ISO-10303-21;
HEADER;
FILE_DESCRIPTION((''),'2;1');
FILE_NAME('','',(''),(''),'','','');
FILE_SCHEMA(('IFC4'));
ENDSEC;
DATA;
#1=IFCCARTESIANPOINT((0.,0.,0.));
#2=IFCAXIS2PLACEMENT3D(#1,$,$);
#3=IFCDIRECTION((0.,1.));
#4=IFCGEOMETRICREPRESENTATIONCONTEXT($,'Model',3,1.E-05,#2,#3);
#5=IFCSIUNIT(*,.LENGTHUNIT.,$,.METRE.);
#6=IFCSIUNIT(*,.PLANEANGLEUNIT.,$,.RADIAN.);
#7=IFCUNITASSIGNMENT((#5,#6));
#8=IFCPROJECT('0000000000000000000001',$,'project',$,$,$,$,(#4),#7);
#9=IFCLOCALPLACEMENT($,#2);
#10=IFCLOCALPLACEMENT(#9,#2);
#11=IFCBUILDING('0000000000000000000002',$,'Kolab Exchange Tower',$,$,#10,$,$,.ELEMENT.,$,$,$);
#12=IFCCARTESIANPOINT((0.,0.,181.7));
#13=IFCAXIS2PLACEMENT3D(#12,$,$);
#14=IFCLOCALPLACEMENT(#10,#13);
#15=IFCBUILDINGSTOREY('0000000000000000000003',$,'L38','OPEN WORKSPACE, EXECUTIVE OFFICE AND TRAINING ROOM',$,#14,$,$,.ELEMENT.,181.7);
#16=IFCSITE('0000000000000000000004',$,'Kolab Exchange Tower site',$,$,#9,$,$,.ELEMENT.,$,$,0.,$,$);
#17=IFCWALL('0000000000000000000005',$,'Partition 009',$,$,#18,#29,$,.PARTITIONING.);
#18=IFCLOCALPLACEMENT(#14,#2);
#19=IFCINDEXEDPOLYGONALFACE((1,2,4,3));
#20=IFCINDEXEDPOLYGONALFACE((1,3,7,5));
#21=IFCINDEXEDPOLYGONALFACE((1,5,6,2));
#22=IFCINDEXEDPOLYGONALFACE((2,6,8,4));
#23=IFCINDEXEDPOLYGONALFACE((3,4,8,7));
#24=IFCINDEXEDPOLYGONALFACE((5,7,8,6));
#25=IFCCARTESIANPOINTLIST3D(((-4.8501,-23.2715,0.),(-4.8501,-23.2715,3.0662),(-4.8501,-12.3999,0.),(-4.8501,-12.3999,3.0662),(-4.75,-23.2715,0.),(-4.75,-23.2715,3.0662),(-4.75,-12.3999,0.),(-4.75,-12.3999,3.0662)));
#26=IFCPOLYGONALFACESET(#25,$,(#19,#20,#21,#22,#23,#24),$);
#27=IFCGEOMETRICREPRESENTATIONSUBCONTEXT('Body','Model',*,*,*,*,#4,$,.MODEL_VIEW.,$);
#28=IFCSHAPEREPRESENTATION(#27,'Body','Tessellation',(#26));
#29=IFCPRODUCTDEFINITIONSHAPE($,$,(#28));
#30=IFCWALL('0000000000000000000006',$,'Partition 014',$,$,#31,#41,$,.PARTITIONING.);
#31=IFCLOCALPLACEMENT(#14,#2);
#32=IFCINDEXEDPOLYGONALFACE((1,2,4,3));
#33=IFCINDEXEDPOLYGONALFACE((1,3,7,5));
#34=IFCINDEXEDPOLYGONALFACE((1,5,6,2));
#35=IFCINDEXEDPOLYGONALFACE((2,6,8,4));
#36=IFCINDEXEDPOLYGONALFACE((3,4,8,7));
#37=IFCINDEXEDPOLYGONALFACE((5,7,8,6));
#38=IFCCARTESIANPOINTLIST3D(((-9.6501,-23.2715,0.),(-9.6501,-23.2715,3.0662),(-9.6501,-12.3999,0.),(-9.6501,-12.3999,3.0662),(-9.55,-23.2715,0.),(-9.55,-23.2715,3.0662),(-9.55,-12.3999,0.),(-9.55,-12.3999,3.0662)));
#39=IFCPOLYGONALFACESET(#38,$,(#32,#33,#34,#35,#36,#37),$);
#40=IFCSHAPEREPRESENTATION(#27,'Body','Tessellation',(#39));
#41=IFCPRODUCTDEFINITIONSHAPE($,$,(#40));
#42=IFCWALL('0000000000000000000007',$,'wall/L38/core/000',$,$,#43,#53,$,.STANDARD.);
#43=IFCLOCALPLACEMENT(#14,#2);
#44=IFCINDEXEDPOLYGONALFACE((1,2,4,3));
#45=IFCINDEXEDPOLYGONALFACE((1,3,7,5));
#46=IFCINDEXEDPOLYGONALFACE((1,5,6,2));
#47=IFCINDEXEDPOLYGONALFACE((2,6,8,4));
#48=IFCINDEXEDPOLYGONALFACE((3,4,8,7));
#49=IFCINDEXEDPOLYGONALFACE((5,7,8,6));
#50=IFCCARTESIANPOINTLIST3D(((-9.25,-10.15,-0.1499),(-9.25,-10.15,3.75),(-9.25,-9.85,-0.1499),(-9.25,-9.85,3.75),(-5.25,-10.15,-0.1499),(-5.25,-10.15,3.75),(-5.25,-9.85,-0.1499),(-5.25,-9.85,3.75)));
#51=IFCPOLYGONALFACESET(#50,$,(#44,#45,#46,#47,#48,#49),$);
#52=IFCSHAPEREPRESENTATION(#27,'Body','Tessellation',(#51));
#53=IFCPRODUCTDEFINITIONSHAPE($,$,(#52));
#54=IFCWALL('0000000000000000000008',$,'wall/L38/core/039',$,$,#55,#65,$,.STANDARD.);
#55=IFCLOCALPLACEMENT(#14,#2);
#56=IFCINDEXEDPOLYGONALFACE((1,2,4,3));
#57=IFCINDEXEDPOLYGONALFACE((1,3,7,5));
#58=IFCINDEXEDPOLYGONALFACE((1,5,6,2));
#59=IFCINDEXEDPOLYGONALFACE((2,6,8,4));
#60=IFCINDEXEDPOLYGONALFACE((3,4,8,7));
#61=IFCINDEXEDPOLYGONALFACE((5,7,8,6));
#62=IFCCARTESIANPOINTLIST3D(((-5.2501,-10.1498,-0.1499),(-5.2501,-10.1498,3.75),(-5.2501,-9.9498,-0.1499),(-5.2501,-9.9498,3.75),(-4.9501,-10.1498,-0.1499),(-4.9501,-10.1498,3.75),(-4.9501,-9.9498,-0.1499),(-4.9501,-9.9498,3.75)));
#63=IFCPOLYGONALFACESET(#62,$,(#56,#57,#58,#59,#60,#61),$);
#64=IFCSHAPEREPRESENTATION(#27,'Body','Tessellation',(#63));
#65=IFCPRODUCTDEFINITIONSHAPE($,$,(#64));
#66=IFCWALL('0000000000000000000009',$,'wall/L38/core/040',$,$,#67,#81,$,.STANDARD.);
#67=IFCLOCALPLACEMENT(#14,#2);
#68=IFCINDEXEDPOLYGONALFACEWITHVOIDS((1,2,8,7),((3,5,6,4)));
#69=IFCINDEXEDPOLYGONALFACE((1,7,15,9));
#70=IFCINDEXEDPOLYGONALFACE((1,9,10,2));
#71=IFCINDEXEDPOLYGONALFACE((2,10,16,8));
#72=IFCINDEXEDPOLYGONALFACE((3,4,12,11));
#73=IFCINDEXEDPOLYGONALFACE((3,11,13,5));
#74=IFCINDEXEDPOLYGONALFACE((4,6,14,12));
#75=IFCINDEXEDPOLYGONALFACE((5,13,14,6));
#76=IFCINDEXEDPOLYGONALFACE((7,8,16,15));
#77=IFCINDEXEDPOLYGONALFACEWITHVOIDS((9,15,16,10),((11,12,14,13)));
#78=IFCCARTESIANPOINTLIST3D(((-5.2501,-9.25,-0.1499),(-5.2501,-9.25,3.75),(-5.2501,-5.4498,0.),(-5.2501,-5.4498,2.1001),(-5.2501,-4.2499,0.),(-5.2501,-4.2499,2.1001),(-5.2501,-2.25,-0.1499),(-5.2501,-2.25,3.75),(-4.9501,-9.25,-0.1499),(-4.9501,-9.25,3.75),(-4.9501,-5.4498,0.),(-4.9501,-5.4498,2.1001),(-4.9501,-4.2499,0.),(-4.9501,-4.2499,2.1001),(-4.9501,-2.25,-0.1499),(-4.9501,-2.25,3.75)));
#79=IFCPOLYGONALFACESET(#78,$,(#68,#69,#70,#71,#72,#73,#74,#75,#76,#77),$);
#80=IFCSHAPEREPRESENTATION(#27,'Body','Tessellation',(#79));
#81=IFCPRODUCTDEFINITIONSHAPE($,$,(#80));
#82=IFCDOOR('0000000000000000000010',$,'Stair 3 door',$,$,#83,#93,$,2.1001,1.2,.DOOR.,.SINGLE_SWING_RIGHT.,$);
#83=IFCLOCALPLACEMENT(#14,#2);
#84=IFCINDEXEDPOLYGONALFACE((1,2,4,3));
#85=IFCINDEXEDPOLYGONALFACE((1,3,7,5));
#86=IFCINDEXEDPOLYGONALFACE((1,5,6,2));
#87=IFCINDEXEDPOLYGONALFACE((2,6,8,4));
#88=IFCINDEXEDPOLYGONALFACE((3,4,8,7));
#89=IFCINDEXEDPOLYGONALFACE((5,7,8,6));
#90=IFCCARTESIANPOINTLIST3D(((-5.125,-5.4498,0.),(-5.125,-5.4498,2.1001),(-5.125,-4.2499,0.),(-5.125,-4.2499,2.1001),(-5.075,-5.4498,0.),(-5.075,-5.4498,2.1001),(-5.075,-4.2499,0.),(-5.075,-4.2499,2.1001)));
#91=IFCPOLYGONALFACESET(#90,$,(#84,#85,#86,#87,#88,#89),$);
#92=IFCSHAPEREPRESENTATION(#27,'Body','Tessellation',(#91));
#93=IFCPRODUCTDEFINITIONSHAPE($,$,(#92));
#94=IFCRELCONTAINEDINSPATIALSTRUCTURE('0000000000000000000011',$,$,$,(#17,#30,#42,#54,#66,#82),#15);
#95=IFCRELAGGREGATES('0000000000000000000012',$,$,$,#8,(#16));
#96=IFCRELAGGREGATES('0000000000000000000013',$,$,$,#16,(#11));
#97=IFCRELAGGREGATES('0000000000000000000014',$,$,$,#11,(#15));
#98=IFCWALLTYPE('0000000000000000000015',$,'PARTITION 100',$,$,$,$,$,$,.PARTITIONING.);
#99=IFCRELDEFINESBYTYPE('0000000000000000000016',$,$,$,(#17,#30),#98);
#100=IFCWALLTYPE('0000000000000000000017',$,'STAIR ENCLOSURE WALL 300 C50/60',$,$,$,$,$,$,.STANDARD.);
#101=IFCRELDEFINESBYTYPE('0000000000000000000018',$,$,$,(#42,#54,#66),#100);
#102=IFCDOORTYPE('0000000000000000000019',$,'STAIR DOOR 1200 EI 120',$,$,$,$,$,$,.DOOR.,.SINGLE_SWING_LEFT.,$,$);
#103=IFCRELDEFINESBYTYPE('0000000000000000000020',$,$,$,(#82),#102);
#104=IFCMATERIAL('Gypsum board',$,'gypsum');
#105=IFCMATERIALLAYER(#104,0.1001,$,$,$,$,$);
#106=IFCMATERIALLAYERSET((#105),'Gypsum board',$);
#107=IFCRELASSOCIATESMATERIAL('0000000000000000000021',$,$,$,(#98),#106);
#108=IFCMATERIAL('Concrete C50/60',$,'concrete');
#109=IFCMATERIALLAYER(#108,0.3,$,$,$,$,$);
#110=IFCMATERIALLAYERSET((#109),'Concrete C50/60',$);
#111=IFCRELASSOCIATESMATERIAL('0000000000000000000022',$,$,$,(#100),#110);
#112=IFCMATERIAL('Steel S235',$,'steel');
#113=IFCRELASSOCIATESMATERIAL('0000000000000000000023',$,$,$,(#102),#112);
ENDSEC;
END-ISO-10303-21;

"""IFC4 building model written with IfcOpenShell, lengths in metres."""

from ifc_helpers import new_model, si_unit, direction, frame, frame_2d, origin, place, context, subcontext, project, spatial, rectangle, extrude, material, layer, layer_set, type_object, element, fill, save


model = new_model("IFC4")

# Units and contexts
model_context = context("Model", 3, precision=1e-05, world=origin(), true_north=direction((0.0, 1.0)))
body_context = subcontext(model_context, "Body", "Model", "MODEL_VIEW")
ifc_project = project(units=[si_unit("LENGTHUNIT", "METRE"), si_unit("PLANEANGLEUNIT", "RADIAN")], contexts=[model_context])

# Site, building, storey
site_placement = place(None, origin())
site = spatial("IfcSite", under=ifc_project, at=site_placement, Name="Kolab Exchange Tower site", CompositionType="ELEMENT", RefElevation=0.0)
building_placement = place(site_placement, origin())
building = spatial("IfcBuilding", under=site, at=building_placement, Name="Kolab Exchange Tower", CompositionType="ELEMENT")
storey_placement = place(building_placement, frame((0.0, 0.0, 181.7)))
storey = spatial("IfcBuildingStorey", under=building, at=storey_placement, Name="L38", Description="OPEN WORKSPACE, EXECUTIVE OFFICE AND TRAINING ROOM", CompositionType="ELEMENT", Elevation=181.7)

# Shared definitions
ifc_material_1 = material(Name="Steel S235", Category="steel")

# Walls
ifc_material_2 = material(Name="Gypsum board", Category="gypsum")
ifc_layer_1 = layer(ifc_material_2, 0.1001)
ifc_layer_set_1 = layer_set([ifc_layer_1], Name="Gypsum board")
wall_type_1 = type_object("IfcWallType", Name="PARTITION 100", PredefinedType="PARTITIONING", material=ifc_layer_set_1)
for number, where, z_axis, x_axis, name in (
    (1, (-4.8, -23.2715, 0.0), (0.0, 0.0, 1.0), (0.0, 1.0, 0.0), "Partition 009"),
    (2, (-9.6001, -23.2715, 0.0), (0.0, 0.0, 1.0), (0.0, 1.0, 0.0), "Partition 014"),
):
    element("IfcWall", number, at=place(storey_placement, frame(where, z_axis=z_axis, x_axis=x_axis)), inside=storey, type_object=wall_type_1, Name=name, PredefinedType="PARTITIONING", context=body_context, shape_type="SweptSolid", body=[
        extrude(rectangle(XDim=10.8716, YDim=0.1001, at=frame_2d((5.4358, 0.0))), origin(), (0.0, 0.0, 1.0), 3.0662),
    ])
ifc_material_3 = material(Name="Concrete C50/60", Category="concrete")
ifc_layer_2 = layer(ifc_material_3, 0.3)
ifc_layer_set_2 = layer_set([ifc_layer_2], Name="Concrete C50/60")
wall_type_2 = type_object("IfcWallType", Name="STAIR ENCLOSURE WALL 300 C50/60", PredefinedType="STANDARD", material=ifc_layer_set_2)
wall_1_placement = place(storey_placement, frame((-9.25, -10.0, -0.1499), z_axis=(0.0, 0.0, 1.0), x_axis=(1.0, 0.0, 0.0)))
element("IfcWall", 3, at=wall_1_placement, inside=storey, type_object=wall_type_2, Name="wall/L38/core/000", PredefinedType="STANDARD", context=body_context, shape_type="SweptSolid", body=[
    extrude(rectangle(XDim=4.0, YDim=0.3, at=frame_2d((2.0, 0.0))), origin(), (0.0, 0.0, 1.0), 3.8999),
])
wall_2_placement = place(storey_placement, frame((-5.1001, -10.1499, -0.1499), z_axis=(0.0, 0.0, 1.0), x_axis=(0.0, 1.0, 0.0)))
element("IfcWall", 4, at=wall_2_placement, inside=storey, type_object=wall_type_2, Name="wall/L38/core/039", PredefinedType="STANDARD", context=body_context, shape_type="SweptSolid", body=[
    extrude(rectangle(XDim=0.2, YDim=0.3, at=frame_2d((0.1001, 0.0))), origin(), (0.0, 0.0, 1.0), 3.8999),
])

# Wall, opening, door
wall_3_placement = place(storey_placement, frame((-5.1001, -9.25, -0.1499), z_axis=(0.0, 0.0, 1.0), x_axis=(0.0, 1.0, 0.0)))
wall_3 = element("IfcWall", 5, at=wall_3_placement, inside=storey, type_object=wall_type_2, Name="wall/L38/core/040", PredefinedType="STANDARD", context=body_context, shape_type="SweptSolid", body=[
    extrude(rectangle(XDim=7.0, YDim=0.3, at=frame_2d((3.5, 0.0))), origin(), (0.0, 0.0, 1.0), 3.8999),
])
opening_1_placement = place(wall_3_placement, frame((3.8, 0.0, 0.1499)))
opening_1 = element("IfcOpeningElement", 6, at=opening_1_placement, cuts=wall_3, PredefinedType="OPENING", context=body_context, shape_type="SweptSolid", body=[
    extrude(rectangle(XDim=1.2, YDim=2.1001, at=frame_2d((0.6001, 1.05))), frame((0.0, 0.1602, 0.0), z_axis=(0.0, -1.0, 0.0), x_axis=(1.0, 0.0, 0.0)), (0.0, 0.0, 1.0), 0.3201),
])
door_type_1 = type_object("IfcDoorType", Name="STAIR DOOR 1200 EI 120", OperationType="SINGLE_SWING_LEFT", PredefinedType="DOOR", material=ifc_material_1)
door_1_placement = place(opening_1_placement, origin())
door_1 = element("IfcDoor", 7, at=door_1_placement, inside=storey, type_object=door_type_1, Name="Stair 3 door", OperationType="SINGLE_SWING_RIGHT", OverallHeight=2.1001, OverallWidth=1.2, PredefinedType="DOOR", context=body_context, shape_type="SweptSolid", body=[
    extrude(rectangle(XDim=1.2, YDim=2.1001, at=frame_2d((0.6001, 1.05))), frame((0.0, 0.0249, 0.0), z_axis=(0.0, -1.0, 0.0), x_axis=(1.0, 0.0, 0.0)), (0.0, 0.0, 1.0), 0.05),
])
fill(opening_1, door_1)

save(model, "model.ifc")
